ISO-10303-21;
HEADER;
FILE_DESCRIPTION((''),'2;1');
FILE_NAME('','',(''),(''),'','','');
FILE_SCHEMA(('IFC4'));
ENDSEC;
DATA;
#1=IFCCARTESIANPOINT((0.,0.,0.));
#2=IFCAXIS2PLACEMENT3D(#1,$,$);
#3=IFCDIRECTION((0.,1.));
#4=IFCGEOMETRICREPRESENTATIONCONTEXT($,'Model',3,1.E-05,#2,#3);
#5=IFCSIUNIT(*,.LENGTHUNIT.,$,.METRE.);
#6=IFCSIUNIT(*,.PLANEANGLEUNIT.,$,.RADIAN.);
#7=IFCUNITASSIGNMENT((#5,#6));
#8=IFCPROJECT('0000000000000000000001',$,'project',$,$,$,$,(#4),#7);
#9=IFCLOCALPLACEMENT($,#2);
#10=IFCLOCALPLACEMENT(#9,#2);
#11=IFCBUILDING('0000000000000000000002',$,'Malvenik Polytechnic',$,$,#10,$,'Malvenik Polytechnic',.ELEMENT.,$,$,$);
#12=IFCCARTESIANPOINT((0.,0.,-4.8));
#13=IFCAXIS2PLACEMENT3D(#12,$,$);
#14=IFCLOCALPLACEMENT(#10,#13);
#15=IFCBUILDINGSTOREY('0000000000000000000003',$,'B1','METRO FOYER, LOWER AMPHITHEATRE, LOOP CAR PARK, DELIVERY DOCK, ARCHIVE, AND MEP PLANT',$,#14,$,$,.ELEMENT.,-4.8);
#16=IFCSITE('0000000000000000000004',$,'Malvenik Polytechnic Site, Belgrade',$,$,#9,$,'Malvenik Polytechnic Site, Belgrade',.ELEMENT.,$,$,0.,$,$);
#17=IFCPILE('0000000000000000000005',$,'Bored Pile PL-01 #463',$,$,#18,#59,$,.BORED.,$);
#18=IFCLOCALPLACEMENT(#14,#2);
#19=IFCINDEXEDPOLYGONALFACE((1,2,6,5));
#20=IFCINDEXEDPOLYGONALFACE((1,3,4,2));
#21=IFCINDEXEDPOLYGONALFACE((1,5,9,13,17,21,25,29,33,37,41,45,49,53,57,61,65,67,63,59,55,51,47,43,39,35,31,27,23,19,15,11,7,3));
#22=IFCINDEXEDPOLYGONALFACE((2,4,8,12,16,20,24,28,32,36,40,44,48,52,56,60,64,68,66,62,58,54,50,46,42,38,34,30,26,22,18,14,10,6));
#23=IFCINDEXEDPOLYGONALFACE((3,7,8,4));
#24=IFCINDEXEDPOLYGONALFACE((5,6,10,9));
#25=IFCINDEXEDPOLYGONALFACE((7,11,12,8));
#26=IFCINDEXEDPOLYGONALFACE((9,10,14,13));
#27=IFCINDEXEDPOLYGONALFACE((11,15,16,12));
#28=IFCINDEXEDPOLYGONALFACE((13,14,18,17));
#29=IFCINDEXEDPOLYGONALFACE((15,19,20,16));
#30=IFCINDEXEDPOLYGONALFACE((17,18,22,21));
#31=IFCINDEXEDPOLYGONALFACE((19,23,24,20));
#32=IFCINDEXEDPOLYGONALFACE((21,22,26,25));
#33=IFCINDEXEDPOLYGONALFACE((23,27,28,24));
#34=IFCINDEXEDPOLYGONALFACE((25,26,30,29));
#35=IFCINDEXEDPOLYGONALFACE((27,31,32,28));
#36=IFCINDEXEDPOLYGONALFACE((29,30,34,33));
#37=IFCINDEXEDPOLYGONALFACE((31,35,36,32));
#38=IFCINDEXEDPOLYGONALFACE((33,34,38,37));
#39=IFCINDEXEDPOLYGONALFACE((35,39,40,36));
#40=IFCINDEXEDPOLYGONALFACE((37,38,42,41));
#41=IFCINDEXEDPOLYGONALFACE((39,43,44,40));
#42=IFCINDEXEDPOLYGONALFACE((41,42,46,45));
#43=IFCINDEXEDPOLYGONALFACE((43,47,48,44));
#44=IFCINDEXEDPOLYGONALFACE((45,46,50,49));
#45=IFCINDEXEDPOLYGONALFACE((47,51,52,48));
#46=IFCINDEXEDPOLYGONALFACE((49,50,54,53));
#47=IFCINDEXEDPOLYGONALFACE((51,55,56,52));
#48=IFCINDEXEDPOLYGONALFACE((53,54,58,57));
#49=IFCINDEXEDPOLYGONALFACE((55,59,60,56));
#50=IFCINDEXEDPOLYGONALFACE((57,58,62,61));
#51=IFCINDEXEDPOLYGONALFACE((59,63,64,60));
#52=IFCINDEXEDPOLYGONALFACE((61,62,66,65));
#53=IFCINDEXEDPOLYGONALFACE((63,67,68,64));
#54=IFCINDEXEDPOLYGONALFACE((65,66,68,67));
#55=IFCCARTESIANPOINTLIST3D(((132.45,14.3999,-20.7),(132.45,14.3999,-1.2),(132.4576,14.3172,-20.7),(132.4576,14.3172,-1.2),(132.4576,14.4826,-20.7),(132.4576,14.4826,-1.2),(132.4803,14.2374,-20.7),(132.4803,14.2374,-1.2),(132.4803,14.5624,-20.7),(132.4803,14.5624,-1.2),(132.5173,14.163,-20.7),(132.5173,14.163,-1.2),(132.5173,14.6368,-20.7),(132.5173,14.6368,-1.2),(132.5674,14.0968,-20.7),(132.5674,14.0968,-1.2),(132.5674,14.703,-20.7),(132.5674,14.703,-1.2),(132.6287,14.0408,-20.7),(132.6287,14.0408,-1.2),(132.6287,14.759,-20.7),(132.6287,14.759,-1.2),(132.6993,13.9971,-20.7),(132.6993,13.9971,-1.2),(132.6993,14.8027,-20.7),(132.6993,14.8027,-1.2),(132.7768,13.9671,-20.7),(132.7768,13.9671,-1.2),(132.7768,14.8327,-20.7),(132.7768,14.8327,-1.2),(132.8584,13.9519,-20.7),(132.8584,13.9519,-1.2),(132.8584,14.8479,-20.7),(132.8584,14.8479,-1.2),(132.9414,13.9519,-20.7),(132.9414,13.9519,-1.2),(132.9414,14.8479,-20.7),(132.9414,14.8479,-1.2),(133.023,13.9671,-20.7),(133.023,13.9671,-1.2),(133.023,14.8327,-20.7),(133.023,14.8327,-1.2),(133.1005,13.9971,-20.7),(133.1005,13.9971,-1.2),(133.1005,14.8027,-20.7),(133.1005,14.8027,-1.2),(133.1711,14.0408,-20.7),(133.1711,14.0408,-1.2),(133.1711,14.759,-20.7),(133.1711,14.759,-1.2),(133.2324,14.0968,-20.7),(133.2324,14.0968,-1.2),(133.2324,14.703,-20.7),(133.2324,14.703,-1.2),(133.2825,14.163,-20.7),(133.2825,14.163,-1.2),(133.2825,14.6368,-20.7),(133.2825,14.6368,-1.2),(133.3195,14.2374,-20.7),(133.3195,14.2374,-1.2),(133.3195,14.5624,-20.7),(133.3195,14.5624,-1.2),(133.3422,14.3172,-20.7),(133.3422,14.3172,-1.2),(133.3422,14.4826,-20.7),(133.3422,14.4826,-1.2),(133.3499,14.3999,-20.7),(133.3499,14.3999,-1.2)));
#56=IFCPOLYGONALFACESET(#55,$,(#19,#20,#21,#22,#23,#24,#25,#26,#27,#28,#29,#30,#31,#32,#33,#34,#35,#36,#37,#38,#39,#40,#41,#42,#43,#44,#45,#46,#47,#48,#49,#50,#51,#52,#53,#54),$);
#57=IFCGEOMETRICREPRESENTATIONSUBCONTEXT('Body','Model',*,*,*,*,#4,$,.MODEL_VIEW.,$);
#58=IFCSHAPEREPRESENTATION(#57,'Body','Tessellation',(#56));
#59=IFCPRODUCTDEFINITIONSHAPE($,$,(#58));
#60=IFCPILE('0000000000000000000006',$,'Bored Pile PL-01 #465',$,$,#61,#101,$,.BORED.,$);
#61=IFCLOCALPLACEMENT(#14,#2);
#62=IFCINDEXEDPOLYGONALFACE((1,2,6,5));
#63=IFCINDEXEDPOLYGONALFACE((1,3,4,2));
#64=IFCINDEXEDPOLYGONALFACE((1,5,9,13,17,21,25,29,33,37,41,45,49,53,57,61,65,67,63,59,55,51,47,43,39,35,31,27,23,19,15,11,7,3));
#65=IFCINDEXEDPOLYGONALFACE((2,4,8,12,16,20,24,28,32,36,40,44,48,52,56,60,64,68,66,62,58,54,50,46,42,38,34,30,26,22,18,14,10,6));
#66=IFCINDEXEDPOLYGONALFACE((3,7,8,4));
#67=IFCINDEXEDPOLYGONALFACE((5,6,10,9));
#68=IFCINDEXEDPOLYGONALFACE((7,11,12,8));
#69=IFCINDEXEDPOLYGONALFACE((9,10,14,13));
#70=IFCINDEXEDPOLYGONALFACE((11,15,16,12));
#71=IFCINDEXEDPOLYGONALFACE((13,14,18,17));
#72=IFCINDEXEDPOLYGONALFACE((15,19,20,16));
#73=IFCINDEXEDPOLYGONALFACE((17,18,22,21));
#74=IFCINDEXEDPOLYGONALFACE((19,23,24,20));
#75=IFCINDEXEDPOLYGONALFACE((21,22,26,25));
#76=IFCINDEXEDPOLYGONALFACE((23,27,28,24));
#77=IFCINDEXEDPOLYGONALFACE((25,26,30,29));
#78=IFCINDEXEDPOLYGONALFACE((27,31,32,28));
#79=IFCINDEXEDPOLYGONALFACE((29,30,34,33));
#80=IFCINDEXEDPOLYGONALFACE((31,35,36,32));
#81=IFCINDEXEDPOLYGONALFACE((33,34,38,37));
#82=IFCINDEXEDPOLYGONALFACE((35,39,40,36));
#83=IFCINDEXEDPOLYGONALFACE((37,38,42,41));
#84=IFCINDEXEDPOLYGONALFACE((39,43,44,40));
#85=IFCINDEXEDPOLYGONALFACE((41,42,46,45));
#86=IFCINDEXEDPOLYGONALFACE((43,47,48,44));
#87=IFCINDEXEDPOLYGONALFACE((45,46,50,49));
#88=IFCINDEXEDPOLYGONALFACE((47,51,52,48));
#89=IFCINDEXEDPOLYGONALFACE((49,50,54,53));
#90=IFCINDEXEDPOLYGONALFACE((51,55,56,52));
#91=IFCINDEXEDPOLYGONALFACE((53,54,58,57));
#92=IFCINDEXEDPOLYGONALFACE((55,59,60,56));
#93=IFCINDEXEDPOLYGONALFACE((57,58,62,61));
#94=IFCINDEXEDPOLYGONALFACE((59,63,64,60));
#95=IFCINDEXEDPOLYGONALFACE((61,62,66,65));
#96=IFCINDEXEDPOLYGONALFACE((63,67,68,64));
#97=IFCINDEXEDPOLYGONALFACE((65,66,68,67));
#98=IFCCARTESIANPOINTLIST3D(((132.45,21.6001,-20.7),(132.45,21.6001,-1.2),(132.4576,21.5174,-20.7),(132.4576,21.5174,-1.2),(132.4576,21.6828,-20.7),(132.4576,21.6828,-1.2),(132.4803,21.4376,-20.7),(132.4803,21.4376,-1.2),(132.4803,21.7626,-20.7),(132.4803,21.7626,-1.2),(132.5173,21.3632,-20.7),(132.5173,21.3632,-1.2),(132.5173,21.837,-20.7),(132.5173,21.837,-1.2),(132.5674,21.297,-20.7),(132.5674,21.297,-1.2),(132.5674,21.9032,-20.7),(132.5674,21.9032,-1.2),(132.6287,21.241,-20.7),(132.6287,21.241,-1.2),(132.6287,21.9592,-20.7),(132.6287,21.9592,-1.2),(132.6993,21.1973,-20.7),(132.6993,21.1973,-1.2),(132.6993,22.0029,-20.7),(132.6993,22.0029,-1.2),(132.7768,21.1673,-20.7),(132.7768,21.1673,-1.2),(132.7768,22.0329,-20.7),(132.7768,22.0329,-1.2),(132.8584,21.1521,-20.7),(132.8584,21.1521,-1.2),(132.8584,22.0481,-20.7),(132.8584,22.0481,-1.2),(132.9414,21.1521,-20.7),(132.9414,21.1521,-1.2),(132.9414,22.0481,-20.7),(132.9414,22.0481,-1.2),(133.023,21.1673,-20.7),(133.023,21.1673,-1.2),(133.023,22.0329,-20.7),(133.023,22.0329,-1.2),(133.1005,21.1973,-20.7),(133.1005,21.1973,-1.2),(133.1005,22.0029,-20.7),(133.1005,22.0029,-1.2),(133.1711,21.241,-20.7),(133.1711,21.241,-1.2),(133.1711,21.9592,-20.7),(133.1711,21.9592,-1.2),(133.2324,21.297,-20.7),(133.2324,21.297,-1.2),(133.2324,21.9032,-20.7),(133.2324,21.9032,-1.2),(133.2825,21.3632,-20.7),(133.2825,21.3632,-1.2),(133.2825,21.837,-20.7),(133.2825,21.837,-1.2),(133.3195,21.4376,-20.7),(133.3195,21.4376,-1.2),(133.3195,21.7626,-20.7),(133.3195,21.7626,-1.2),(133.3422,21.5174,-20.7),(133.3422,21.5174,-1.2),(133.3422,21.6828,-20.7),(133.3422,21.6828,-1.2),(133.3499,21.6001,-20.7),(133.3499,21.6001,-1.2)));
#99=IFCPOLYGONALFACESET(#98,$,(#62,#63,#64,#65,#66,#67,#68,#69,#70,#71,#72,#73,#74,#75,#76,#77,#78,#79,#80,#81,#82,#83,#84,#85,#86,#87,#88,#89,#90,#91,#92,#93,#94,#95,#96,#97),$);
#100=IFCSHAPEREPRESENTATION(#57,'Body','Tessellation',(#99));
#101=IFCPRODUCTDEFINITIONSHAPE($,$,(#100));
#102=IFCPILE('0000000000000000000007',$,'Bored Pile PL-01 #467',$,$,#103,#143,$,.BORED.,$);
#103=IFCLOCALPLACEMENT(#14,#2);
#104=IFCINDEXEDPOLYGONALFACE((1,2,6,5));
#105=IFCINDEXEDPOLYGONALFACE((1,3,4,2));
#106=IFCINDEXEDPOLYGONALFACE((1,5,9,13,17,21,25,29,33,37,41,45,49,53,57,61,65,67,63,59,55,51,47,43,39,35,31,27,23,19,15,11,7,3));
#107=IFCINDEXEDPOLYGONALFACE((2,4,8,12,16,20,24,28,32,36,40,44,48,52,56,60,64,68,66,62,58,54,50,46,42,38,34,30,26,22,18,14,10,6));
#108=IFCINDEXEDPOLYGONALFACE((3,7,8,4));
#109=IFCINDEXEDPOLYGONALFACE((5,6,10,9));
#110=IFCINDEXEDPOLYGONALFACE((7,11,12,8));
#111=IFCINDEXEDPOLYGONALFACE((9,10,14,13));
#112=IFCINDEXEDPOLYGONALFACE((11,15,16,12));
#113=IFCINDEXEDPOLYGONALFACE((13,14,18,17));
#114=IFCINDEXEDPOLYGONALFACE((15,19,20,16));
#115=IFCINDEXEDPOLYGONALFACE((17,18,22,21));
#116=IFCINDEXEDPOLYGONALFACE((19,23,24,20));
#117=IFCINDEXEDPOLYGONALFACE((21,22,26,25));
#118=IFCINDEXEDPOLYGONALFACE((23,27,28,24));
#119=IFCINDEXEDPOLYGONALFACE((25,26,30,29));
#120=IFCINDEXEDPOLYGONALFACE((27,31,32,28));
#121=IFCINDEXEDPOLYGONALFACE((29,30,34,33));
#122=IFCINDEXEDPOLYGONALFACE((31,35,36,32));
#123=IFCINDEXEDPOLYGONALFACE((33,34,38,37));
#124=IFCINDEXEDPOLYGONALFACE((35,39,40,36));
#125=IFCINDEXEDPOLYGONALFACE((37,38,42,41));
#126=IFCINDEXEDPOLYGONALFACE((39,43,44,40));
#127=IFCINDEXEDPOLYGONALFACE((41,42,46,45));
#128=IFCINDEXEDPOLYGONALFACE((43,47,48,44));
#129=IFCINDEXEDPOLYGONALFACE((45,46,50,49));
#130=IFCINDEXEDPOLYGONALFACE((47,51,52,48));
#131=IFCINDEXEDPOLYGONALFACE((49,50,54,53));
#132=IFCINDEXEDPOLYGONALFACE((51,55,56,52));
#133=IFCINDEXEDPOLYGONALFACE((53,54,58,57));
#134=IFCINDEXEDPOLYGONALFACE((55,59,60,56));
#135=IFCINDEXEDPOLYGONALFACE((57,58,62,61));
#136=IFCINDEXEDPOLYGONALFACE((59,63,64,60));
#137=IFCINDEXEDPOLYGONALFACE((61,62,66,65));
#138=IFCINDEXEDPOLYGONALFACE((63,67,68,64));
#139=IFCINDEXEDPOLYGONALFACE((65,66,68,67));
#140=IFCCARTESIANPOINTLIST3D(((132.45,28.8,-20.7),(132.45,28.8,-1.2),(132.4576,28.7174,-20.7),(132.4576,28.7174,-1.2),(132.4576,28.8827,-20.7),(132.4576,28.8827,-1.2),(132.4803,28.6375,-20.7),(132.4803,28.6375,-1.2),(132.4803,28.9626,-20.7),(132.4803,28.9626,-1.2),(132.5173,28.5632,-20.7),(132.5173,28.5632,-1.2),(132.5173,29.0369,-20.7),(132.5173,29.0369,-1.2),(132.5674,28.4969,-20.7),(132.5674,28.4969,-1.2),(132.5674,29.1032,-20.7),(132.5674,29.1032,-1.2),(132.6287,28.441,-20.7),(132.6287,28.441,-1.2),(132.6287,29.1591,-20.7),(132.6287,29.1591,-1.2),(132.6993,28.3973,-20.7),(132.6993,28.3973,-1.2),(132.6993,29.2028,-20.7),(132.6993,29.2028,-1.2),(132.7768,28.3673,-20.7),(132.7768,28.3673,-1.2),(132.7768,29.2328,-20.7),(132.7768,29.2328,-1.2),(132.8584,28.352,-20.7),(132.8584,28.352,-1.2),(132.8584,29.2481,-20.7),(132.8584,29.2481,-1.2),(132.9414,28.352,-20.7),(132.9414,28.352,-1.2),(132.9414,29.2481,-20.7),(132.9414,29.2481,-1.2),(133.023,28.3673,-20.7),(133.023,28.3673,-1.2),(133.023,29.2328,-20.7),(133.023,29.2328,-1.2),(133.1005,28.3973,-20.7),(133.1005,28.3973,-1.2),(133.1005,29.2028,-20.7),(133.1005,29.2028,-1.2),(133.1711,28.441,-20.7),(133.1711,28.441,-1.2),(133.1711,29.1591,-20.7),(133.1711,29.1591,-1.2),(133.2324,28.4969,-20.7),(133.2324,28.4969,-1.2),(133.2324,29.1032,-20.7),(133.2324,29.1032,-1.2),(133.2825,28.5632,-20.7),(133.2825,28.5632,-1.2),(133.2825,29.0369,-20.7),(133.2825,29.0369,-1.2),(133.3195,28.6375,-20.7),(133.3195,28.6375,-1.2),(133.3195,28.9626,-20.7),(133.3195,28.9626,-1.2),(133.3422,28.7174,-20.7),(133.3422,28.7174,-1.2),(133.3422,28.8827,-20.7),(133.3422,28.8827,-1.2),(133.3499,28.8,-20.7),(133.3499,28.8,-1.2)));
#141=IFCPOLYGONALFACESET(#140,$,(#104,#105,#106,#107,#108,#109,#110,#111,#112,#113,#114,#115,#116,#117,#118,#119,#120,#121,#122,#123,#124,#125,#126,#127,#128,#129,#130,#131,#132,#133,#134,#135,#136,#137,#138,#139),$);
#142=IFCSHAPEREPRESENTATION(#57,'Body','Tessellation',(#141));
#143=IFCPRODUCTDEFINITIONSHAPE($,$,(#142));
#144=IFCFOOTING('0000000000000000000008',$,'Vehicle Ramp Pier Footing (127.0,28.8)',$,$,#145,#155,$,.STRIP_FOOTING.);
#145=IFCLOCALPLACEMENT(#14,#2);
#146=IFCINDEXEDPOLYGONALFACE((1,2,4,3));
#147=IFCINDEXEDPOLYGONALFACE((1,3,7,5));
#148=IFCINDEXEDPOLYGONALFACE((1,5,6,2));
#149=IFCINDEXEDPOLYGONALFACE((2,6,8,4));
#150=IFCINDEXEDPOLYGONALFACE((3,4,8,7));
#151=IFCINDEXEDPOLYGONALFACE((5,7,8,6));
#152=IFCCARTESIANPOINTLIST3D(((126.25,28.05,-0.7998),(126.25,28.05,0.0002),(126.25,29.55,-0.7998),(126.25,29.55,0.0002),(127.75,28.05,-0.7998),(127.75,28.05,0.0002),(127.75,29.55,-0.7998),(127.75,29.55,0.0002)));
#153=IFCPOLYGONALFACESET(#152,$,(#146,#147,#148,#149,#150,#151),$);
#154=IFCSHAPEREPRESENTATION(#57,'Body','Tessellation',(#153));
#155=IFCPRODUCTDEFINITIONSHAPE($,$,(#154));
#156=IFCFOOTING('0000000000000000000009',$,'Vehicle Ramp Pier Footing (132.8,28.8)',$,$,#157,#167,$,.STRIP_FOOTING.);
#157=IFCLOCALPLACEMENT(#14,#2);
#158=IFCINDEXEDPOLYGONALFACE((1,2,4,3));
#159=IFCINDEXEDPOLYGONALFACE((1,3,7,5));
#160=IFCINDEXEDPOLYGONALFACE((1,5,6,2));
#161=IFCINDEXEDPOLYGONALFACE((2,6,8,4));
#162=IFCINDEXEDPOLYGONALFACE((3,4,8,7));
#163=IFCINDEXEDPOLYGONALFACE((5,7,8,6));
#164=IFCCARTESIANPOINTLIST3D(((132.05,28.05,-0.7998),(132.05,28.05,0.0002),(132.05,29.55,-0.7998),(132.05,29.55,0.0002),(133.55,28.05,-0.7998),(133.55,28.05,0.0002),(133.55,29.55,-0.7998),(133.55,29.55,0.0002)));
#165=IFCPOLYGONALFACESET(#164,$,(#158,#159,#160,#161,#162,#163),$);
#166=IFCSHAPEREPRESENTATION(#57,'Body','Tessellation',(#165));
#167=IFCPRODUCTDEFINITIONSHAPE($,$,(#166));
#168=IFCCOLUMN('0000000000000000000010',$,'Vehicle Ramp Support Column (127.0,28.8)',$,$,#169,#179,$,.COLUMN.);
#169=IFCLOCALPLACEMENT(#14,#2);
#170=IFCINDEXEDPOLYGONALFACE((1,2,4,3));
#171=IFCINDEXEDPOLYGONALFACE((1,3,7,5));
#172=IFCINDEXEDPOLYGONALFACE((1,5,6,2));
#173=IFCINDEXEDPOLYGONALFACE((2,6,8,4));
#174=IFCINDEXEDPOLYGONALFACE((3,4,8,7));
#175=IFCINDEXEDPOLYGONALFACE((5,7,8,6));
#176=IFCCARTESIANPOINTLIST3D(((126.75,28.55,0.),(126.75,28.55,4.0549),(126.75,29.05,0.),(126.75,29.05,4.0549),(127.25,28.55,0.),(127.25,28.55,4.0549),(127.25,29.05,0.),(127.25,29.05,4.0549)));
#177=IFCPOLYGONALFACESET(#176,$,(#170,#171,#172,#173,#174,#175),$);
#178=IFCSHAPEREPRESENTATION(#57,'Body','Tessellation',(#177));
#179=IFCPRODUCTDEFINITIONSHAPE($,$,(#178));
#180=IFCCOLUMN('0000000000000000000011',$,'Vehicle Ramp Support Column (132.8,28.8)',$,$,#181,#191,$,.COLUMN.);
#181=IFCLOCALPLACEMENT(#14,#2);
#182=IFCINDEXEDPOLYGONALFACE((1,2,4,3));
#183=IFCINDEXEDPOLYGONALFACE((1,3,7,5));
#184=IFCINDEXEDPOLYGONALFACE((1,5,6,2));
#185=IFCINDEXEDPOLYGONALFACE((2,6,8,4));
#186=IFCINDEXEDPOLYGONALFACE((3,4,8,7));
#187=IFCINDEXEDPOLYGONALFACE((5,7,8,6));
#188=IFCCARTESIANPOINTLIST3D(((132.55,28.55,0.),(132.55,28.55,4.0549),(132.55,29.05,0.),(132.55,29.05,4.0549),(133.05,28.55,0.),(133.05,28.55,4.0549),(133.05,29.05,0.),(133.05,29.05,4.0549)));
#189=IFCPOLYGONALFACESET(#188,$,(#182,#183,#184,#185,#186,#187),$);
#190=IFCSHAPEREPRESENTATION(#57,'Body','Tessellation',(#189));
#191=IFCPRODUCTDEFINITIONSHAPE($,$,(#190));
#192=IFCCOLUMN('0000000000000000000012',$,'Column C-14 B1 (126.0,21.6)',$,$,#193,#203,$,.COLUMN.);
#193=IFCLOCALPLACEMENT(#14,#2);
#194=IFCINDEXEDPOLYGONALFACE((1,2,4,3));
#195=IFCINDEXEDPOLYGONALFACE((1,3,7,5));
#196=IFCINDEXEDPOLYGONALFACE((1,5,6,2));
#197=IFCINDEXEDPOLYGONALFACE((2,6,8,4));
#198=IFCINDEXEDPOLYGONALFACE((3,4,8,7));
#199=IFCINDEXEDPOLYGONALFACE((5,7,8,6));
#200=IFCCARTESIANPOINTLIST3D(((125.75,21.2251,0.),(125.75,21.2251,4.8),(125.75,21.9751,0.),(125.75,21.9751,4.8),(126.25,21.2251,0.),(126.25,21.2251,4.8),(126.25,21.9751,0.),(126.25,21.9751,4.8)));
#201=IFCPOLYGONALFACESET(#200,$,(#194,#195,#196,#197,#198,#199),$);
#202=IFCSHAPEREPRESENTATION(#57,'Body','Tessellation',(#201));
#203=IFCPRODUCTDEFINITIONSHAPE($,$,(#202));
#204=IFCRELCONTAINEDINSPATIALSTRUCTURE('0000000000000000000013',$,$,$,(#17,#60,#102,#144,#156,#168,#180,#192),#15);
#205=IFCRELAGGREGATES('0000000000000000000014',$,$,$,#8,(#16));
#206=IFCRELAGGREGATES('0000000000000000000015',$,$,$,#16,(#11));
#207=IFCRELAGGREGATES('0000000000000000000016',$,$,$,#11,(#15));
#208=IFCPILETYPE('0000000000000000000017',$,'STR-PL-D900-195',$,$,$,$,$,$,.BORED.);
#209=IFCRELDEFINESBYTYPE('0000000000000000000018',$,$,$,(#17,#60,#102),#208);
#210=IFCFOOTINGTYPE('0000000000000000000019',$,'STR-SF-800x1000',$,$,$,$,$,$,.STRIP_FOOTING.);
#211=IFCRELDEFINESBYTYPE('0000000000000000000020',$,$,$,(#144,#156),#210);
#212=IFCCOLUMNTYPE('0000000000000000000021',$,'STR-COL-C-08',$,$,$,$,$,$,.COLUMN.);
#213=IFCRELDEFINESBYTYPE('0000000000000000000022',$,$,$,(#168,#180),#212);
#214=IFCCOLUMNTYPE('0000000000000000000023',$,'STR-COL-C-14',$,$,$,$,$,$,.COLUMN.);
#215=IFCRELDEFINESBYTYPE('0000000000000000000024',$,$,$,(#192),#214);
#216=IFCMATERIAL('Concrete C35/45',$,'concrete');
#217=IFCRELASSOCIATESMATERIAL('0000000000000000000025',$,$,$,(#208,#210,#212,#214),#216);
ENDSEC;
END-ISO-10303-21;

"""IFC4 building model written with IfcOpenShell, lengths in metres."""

from ifc_helpers import new_model, si_unit, direction, frame, origin, origin_2d, place, context, subcontext, project, spatial, rectangle, circle, extrude, material, material_profile, profile_set, type_object, element, save


model = new_model("IFC4")

# Units and contexts
model_context = context("Model", 3, precision=1e-05, world=origin(), true_north=direction((0.0, 1.0)))
body_context = subcontext(model_context, "Body", "Model", "MODEL_VIEW")
ifc_project = project(units=[si_unit("LENGTHUNIT", "METRE"), si_unit("PLANEANGLEUNIT", "RADIAN")], contexts=[model_context])

# Site, building, storey
site_placement = place(None, origin())
site = spatial("IfcSite", under=ifc_project, at=site_placement, Name="Malvenik Polytechnic Site, Belgrade", LongName="Malvenik Polytechnic Site, Belgrade", CompositionType="ELEMENT", RefElevation=0.0)
building_placement = place(site_placement, origin())
building = spatial("IfcBuilding", under=site, at=building_placement, Name="Malvenik Polytechnic", LongName="Malvenik Polytechnic", CompositionType="ELEMENT")
storey_placement = place(building_placement, frame((0.0, 0.0, -4.8)))
storey = spatial("IfcBuildingStorey", under=building, at=storey_placement, Name="B1", Description="METRO FOYER, LOWER AMPHITHEATRE, LOOP CAR PARK, DELIVERY DOCK, ARCHIVE, AND MEP PLANT", CompositionType="ELEMENT", Elevation=-4.8)

# Shared definitions
ifc_material_1 = material(Name="Concrete C35/45", Category="concrete")

# Piles
ifc_material_profile_1 = material_profile(ifc_material_1, circle(Radius=0.45, at=origin_2d()), Name="BORED PILE D900")
ifc_profile_set_1 = profile_set([ifc_material_profile_1], Name="Concrete C35/45")
pile_type = type_object("IfcPileType", Name="STR-PL-D900-195", PredefinedType="BORED", material=ifc_profile_set_1)
for number, where, z_axis, x_axis, name in (
    (1, (132.8999, 14.3999, -1.2), (0.0, 0.0, -1.0), (1.0, 0.0, 0.0), "Bored Pile PL-01 #463"),
    (2, (132.8999, 21.6001, -1.2), (0.0, 0.0, -1.0), (1.0, 0.0, 0.0), "Bored Pile PL-01 #465"),
    (3, (132.8999, 28.8, -1.2), (0.0, 0.0, -1.0), (1.0, 0.0, 0.0), "Bored Pile PL-01 #467"),
):
    element("IfcPile", number, at=place(storey_placement, frame(where, z_axis=z_axis, x_axis=x_axis)), inside=storey, type_object=pile_type, Name=name, PredefinedType="BORED", context=body_context, shape_type="SweptSolid", body=[
        extrude(circle(Radius=0.45, at=origin_2d()), origin(), (0.0, 0.0, 1.0), 19.5),
    ])

# Footings
footing_type_1 = type_object("IfcFootingType", Name="STR-SF-800x1000", PredefinedType="STRIP_FOOTING", material=ifc_material_1)
for number, where, z_axis, x_axis, name in (
    (4, (127.0, 28.8, -0.7998), (0.0, 0.0, 1.0), (1.0, 0.0, 0.0), "Vehicle Ramp Pier Footing (127.0,28.8)"),
    (5, (132.8, 28.8, -0.7998), (0.0, 0.0, 1.0), (1.0, 0.0, 0.0), "Vehicle Ramp Pier Footing (132.8,28.8)"),
):
    element("IfcFooting", number, at=place(storey_placement, frame(where, z_axis=z_axis, x_axis=x_axis)), inside=storey, type_object=footing_type_1, Name=name, PredefinedType="STRIP_FOOTING", context=body_context, shape_type="SweptSolid", body=[
        extrude(rectangle(XDim=1.5, YDim=1.5, at=origin_2d()), origin(), (0.0, 0.0, 1.0), 0.8),
    ])

# Columns
ifc_material_profile_2 = material_profile(ifc_material_1, rectangle(XDim=0.5, YDim=0.5, at=origin_2d()), Name="RC COL 500x500")
ifc_profile_set_2 = profile_set([ifc_material_profile_2], Name="Concrete C35/45")
column_type_1 = type_object("IfcColumnType", Name="STR-COL-C-08", PredefinedType="COLUMN", material=ifc_profile_set_2)
for number, where, z_axis, x_axis, name in (
    (6, (127.0, 28.8, 0.0), (0.0, 0.0, 1.0), (1.0, 0.0, 0.0), "Vehicle Ramp Support Column (127.0,28.8)"),
    (7, (132.8, 28.8, 0.0), (0.0, 0.0, 1.0), (1.0, 0.0, 0.0), "Vehicle Ramp Support Column (132.8,28.8)"),
):
    element("IfcColumn", number, at=place(storey_placement, frame(where, z_axis=z_axis, x_axis=x_axis)), inside=storey, type_object=column_type_1, Name=name, PredefinedType="COLUMN", context=body_context, shape_type="SweptSolid", body=[
        extrude(rectangle(XDim=0.5, YDim=0.5, at=origin_2d()), origin(), (0.0, 0.0, 1.0), 4.0549),
    ])
ifc_material_profile_3 = material_profile(ifc_material_1, rectangle(XDim=0.5, YDim=0.75, at=origin_2d()), Name="RC COL 750x500")
ifc_profile_set_3 = profile_set([ifc_material_profile_3], Name="Concrete C35/45")
column_type_2 = type_object("IfcColumnType", Name="STR-COL-C-14", PredefinedType="COLUMN", material=ifc_profile_set_3)
for number, where, z_axis, x_axis, name in (
    (8, (126.0, 21.6001, 0.0), (0.0, 0.0, 1.0), (1.0, 0.0, 0.0), "Column C-14 B1 (126.0,21.6)"),
):
    element("IfcColumn", number, at=place(storey_placement, frame(where, z_axis=z_axis, x_axis=x_axis)), inside=storey, type_object=column_type_2, Name=name, PredefinedType="COLUMN", context=body_context, shape_type="SweptSolid", body=[
        extrude(rectangle(XDim=0.5, YDim=0.75, at=origin_2d()), origin(), (0.0, 0.0, 1.0), 4.8),
    ])

save(model, "model.ifc")
